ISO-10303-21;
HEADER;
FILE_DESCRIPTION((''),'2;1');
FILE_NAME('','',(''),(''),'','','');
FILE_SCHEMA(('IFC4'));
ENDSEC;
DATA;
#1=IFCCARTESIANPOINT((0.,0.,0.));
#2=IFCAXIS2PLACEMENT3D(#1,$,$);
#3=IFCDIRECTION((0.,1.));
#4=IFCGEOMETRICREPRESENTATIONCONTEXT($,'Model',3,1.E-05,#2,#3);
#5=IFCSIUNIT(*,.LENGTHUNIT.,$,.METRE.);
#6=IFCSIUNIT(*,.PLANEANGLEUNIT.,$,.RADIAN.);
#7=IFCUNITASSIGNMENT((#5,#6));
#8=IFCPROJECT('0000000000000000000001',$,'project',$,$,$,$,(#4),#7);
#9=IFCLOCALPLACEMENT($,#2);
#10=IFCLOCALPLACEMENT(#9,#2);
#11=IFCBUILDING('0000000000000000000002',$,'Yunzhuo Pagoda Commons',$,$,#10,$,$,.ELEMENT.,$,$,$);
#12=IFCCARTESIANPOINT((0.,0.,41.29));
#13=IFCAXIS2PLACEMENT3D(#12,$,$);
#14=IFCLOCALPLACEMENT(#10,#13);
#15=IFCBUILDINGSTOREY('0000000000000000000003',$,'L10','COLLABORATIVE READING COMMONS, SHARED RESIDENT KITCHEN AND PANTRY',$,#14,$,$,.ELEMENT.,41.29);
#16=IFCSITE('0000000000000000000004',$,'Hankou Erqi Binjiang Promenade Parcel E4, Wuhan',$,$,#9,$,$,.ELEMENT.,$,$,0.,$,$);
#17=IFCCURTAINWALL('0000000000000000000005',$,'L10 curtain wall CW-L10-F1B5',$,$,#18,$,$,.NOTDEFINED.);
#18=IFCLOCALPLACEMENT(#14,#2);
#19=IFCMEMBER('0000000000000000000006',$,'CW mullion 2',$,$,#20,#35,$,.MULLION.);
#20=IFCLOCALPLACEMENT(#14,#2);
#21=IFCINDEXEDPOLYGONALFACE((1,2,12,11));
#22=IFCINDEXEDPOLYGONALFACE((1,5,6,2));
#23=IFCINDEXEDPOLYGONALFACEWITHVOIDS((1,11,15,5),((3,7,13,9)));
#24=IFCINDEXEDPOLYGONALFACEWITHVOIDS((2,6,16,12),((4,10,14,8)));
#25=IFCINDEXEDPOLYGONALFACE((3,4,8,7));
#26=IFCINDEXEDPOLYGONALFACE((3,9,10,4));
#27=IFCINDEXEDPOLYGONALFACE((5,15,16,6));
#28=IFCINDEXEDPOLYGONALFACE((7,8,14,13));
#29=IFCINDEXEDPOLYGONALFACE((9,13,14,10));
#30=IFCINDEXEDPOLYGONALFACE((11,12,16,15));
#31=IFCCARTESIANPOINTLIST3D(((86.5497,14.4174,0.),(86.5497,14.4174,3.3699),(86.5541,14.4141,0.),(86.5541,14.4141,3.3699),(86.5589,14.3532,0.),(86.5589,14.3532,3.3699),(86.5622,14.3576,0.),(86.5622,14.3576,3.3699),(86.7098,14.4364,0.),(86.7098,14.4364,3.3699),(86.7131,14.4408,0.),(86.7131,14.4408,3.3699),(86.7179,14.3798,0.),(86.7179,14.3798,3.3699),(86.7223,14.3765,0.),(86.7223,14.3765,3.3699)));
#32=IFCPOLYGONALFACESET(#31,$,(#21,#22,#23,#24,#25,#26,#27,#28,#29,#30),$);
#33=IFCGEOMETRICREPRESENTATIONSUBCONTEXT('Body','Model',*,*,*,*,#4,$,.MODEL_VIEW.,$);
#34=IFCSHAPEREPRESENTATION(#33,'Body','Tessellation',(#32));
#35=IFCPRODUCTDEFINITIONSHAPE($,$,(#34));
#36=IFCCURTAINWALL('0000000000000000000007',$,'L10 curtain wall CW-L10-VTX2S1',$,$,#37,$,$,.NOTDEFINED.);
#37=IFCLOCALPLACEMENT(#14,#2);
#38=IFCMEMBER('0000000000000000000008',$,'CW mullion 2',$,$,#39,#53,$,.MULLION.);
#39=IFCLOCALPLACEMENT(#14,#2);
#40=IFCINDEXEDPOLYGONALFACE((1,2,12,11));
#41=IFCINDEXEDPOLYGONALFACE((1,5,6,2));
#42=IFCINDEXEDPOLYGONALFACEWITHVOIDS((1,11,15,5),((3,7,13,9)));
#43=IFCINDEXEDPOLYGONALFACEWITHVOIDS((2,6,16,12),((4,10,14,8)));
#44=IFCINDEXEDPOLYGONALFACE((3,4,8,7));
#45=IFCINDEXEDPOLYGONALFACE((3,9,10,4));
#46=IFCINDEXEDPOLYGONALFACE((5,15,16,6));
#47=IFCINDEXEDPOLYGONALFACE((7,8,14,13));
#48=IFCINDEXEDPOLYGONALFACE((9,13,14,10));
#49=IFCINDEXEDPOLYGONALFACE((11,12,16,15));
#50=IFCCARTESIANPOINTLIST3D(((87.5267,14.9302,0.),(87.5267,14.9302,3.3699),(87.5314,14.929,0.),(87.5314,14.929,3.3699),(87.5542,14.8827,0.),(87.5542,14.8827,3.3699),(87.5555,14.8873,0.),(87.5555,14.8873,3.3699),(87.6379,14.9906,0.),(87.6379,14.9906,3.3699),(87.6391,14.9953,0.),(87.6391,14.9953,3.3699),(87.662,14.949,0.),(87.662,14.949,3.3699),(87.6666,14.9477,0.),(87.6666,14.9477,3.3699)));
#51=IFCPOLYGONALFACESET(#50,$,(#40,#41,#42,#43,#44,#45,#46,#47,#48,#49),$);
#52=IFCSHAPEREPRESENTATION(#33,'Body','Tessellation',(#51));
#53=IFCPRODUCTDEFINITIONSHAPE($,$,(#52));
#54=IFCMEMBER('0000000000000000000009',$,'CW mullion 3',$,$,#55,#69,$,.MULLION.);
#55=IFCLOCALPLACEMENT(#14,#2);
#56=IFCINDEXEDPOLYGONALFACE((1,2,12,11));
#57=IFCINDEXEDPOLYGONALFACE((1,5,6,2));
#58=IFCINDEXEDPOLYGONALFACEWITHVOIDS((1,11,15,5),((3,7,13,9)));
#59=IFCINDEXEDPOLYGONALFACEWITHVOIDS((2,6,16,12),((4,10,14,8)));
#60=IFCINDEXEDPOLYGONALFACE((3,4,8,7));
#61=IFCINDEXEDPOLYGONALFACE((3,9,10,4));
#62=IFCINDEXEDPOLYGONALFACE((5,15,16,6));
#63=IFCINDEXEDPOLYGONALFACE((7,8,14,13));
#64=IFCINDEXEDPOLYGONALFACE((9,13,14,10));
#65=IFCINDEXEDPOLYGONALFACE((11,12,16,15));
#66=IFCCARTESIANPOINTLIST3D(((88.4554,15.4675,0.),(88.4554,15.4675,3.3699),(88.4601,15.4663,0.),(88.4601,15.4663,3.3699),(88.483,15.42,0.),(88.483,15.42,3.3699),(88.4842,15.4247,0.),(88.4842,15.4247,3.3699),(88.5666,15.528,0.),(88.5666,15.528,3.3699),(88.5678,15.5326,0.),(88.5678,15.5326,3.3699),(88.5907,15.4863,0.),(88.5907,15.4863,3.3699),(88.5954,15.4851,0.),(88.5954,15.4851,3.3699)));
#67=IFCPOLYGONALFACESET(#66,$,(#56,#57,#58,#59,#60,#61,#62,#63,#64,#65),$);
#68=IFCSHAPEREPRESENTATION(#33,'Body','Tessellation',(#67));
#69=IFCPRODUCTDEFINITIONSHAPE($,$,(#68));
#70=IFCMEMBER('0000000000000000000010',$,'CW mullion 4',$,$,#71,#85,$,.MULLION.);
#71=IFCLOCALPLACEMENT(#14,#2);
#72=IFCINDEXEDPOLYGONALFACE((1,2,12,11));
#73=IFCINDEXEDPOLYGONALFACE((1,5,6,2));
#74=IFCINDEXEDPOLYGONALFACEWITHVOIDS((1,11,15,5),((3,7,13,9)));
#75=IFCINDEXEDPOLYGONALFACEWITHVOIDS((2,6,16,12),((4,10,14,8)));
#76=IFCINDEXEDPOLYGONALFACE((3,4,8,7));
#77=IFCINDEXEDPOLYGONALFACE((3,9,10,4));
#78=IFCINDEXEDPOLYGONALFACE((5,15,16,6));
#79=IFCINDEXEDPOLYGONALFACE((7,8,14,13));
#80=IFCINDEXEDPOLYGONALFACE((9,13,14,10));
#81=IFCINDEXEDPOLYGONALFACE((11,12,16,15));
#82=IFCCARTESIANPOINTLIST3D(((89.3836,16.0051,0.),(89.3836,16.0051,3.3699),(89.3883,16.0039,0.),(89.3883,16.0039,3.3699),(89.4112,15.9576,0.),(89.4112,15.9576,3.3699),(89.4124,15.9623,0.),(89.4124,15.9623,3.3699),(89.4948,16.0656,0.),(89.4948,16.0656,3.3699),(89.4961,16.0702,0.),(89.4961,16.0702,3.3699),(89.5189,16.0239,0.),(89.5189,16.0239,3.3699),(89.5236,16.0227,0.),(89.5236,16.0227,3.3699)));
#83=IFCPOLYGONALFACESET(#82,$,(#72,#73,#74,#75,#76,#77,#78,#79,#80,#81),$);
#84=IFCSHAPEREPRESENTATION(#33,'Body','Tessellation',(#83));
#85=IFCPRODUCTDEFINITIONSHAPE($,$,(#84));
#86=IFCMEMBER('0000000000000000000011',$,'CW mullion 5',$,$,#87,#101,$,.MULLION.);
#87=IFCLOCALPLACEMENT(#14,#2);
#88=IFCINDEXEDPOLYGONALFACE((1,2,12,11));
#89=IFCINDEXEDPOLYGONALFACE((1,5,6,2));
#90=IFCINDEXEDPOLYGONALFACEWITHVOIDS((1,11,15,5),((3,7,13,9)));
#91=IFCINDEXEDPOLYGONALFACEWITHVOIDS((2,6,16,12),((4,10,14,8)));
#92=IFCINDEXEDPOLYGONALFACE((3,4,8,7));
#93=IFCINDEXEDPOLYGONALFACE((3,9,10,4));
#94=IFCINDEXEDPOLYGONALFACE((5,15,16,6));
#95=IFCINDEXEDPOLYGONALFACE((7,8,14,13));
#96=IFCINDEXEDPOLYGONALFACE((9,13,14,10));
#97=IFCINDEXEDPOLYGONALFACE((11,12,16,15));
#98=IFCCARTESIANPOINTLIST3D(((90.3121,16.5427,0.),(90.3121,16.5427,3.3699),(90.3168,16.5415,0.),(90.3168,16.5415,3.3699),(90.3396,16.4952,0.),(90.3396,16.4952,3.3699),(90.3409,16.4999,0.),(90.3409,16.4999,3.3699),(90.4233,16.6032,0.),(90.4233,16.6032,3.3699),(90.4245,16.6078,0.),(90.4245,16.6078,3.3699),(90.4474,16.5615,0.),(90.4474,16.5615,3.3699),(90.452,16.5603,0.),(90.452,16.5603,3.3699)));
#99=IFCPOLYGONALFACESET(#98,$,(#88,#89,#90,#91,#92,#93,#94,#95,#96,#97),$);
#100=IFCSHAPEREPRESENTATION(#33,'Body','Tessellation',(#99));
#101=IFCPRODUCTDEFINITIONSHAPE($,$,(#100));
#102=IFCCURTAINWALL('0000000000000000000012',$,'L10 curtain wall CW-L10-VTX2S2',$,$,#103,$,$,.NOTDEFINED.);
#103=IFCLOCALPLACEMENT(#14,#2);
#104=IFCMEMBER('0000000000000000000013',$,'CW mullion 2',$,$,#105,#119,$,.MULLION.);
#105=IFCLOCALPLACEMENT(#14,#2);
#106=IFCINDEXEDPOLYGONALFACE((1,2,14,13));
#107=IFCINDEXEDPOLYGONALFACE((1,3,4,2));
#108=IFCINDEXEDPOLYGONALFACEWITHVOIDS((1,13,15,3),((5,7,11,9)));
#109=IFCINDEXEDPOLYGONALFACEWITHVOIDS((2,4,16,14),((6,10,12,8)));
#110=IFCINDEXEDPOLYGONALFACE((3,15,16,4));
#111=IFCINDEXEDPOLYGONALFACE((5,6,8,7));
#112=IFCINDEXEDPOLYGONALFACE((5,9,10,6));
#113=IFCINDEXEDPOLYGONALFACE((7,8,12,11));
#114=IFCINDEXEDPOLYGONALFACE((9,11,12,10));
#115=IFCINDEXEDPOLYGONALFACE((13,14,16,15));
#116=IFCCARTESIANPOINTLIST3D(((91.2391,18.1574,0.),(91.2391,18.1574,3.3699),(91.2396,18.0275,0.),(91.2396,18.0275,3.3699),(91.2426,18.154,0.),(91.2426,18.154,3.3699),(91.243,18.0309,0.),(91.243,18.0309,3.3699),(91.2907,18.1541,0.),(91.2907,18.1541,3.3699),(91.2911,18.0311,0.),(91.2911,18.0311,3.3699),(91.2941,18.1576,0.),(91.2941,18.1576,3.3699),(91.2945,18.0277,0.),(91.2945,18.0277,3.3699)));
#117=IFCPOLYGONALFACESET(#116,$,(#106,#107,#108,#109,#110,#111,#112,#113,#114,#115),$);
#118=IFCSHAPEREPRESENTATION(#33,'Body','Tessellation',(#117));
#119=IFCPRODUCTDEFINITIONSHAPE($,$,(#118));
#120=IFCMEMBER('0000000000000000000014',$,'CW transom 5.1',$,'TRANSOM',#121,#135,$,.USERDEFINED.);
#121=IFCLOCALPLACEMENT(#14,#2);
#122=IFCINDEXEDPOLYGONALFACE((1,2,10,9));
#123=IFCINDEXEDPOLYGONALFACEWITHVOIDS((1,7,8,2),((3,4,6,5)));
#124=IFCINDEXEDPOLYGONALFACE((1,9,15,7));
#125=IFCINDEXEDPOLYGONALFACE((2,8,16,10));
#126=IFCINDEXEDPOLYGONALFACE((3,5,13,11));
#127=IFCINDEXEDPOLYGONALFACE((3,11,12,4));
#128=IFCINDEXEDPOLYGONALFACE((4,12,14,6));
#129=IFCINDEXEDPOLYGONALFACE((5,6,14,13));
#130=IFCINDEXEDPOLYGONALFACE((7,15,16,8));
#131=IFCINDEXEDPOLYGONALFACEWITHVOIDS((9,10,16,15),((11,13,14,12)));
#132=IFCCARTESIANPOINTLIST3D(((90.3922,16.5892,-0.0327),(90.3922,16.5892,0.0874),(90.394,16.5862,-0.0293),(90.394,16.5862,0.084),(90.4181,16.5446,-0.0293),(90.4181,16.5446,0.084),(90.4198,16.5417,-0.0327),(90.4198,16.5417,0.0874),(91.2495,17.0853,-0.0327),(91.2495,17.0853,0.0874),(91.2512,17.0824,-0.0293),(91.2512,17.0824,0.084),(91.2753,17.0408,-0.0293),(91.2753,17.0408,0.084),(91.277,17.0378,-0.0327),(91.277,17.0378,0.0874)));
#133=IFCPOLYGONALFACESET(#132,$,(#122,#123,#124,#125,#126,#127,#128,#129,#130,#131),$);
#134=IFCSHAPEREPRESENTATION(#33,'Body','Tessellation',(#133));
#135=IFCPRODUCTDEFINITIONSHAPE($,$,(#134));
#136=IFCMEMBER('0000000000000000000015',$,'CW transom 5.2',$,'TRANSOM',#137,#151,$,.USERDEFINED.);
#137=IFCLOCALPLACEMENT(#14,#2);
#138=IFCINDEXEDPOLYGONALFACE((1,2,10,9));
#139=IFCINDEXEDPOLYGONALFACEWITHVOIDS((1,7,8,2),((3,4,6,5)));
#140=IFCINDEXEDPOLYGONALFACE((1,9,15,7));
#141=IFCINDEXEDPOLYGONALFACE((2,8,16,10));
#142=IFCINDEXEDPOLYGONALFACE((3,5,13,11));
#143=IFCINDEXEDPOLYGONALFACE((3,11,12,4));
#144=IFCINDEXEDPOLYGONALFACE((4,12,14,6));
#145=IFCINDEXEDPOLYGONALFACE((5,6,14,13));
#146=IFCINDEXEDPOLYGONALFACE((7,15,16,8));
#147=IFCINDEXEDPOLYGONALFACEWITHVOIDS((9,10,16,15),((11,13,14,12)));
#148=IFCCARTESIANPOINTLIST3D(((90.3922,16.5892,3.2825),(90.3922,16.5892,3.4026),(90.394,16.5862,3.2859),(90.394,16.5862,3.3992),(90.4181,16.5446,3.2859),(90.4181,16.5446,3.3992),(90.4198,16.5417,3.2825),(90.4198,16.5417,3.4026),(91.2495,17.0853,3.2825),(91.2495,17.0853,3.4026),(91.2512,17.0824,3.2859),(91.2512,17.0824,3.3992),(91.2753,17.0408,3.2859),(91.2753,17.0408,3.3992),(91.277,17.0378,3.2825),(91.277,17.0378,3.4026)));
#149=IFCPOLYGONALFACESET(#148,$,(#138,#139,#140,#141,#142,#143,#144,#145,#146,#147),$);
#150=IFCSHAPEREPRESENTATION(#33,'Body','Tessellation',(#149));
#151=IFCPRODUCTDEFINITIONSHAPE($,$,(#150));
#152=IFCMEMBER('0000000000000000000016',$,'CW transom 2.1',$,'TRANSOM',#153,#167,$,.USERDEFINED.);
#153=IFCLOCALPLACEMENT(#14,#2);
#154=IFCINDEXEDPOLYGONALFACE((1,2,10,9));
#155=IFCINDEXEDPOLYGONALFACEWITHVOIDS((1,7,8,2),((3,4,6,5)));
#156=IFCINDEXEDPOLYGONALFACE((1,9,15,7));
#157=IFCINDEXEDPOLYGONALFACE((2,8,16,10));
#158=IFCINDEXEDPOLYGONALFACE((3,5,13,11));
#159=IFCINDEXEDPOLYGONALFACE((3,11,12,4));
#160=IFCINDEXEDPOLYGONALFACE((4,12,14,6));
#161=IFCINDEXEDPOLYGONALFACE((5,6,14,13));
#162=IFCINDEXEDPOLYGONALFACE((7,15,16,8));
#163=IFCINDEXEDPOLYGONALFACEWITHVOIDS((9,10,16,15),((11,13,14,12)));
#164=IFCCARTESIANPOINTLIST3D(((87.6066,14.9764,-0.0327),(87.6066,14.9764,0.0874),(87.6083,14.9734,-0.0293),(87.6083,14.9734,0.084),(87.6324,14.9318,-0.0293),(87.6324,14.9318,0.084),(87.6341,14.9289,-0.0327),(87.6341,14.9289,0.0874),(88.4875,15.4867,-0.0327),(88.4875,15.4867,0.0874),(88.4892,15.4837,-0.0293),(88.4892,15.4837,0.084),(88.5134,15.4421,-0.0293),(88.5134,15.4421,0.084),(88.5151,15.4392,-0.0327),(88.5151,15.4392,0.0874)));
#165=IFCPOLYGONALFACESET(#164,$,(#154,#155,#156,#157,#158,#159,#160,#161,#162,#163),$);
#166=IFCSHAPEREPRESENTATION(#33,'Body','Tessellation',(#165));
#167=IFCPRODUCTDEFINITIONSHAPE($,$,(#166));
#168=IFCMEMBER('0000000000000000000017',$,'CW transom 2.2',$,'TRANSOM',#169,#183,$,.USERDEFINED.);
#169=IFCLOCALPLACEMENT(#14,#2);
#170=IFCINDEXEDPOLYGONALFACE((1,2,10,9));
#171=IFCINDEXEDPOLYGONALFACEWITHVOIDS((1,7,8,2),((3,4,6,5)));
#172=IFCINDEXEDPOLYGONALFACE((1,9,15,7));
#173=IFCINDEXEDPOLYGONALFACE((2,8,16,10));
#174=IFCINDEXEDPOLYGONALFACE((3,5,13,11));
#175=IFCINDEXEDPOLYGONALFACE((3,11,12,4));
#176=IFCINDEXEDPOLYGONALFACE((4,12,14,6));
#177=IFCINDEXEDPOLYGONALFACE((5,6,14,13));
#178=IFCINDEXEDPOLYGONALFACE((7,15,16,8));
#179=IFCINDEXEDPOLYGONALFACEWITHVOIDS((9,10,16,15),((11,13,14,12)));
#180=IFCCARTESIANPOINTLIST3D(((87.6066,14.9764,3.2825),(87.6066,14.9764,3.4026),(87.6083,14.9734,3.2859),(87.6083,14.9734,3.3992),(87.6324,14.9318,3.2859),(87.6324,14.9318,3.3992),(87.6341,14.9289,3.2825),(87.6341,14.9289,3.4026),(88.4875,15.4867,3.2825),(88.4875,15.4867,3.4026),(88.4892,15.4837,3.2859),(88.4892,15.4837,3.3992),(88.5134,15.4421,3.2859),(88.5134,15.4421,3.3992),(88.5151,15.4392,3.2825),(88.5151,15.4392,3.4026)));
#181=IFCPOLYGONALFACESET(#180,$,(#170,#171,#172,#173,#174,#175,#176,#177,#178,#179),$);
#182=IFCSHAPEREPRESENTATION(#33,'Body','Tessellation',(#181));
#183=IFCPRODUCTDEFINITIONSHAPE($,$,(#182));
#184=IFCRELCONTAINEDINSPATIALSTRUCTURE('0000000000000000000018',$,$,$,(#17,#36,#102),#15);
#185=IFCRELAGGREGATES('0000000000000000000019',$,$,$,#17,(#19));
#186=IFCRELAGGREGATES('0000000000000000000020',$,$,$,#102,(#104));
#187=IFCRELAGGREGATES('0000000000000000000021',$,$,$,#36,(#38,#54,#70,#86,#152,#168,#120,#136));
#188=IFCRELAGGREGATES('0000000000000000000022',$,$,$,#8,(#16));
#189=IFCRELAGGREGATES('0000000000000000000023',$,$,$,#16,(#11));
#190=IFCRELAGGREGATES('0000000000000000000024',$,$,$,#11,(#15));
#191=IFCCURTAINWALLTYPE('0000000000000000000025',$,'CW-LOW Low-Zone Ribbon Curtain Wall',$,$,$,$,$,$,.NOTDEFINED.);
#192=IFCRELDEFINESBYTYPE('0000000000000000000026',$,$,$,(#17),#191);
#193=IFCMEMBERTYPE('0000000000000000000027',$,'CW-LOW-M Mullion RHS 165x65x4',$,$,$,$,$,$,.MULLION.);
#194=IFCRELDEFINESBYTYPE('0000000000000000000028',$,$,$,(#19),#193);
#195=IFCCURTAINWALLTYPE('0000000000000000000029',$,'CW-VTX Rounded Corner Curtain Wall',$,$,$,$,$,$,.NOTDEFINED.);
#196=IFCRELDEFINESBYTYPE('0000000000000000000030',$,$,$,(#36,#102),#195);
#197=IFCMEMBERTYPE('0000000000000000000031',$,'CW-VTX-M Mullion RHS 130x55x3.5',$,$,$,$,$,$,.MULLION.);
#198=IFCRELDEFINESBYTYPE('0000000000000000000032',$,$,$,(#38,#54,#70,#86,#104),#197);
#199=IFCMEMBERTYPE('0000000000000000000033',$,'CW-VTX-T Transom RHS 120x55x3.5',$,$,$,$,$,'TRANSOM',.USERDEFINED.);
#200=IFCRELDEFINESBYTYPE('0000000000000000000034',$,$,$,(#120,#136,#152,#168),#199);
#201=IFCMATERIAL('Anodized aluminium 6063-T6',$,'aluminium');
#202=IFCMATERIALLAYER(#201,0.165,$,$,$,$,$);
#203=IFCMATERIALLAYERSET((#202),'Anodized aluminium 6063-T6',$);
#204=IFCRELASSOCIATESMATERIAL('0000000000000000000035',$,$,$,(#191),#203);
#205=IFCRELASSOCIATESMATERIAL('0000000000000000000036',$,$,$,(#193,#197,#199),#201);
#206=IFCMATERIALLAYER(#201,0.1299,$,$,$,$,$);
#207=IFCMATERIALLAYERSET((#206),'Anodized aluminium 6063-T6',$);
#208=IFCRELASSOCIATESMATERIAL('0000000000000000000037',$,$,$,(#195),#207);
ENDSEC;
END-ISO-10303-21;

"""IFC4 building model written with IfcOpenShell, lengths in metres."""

from ifc_helpers import new_model, si_unit, direction, frame, origin, origin_2d, place, context, subcontext, project, spatial, hollow_rectangle, extrude, source, transform, mapped, material, layer, layer_set, material_profile, profile_set, type_object, element, aggregate, save


model = new_model("IFC4")

# Units and contexts
model_context = context("Model", 3, precision=1e-05, world=origin(), true_north=direction((0.0, 1.0)))
body_context = subcontext(model_context, "Body", "Model", "MODEL_VIEW")
ifc_project = project(units=[si_unit("LENGTHUNIT", "METRE"), si_unit("PLANEANGLEUNIT", "RADIAN")], contexts=[model_context])

# Site, building, storey
site_placement = place(None, origin())
site = spatial("IfcSite", under=ifc_project, at=site_placement, Name="Hankou Erqi Binjiang Promenade Parcel E4, Wuhan", CompositionType="ELEMENT", RefElevation=0.0)
building_placement = place(site_placement, origin())
building = spatial("IfcBuilding", under=site, at=building_placement, Name="Yunzhuo Pagoda Commons", CompositionType="ELEMENT")
storey_placement = place(building_placement, frame((0.0, 0.0, 41.29)))
storey = spatial("IfcBuildingStorey", under=building, at=storey_placement, Name="L10", Description="COLLABORATIVE READING COMMONS, SHARED RESIDENT KITCHEN AND PANTRY", CompositionType="ELEMENT", Elevation=41.29)

# Curtain wall, member
ifc_material_1 = material(Name="Anodized aluminium 6063-T6", Category="aluminium")
ifc_layer_1 = layer(ifc_material_1, 0.165)
ifc_layer_set_1 = layer_set([ifc_layer_1], Name="Anodized aluminium 6063-T6")
curtain_wall_type_1 = type_object("IfcCurtainWallType", Name="CW-LOW Low-Zone Ribbon Curtain Wall", PredefinedType="NOTDEFINED", material=ifc_layer_set_1)
curtain_wall_1_placement = place(storey_placement, origin())
curtain_wall_1 = element("IfcCurtainWall", 1, at=curtain_wall_1_placement, inside=storey, type_object=curtain_wall_type_1, Name="L10 curtain wall CW-L10-F1B5", PredefinedType="NOTDEFINED")
ifc_material_profile_1 = material_profile(ifc_material_1, hollow_rectangle(XDim=0.0649, YDim=0.165, WallThickness=0.0039, at=origin_2d()), Name="Anodized aluminium 6063-T6")
ifc_profile_set_1 = profile_set([ifc_material_profile_1], Name="Anodized aluminium 6063-T6")
member_type_1 = type_object("IfcMemberType", Name="CW-LOW-M Mullion RHS 165x65x4", PredefinedType="MULLION", material=ifc_profile_set_1)
shared_shape_1 = source(origin(), body_context, "Body", "SweptSolid", [
    extrude(hollow_rectangle(XDim=0.0649, YDim=0.165, WallThickness=0.0039, at=origin_2d()), origin(), (0.0, 0.0, 1.0), 3.3699),
])
member_1_placement = place(storey_placement, frame((86.636, 14.397, 0.0), z_axis=(0.0, 0.0, 1.0), x_axis=(-0.141493, 0.989939, 0.0)))
member_1 = element("IfcMember", 2, at=member_1_placement, type_object=member_type_1, Name="CW mullion 2", PredefinedType="MULLION", context=body_context, shape_type="MappedRepresentation", body=[
    mapped(shared_shape_1, transform((0.0, 0.0, 0.0), scale=1.0)),
])

# Curtain wall, members
ifc_layer_2 = layer(ifc_material_1, 0.1299)
ifc_layer_set_2 = layer_set([ifc_layer_2], Name="Anodized aluminium 6063-T6")
curtain_wall_type_2 = type_object("IfcCurtainWallType", Name="CW-VTX Rounded Corner Curtain Wall", PredefinedType="NOTDEFINED", material=ifc_layer_set_2)
curtain_wall_2_placement = place(storey_placement, origin())
curtain_wall_2 = element("IfcCurtainWall", 3, at=curtain_wall_2_placement, inside=storey, type_object=curtain_wall_type_2, Name="L10 curtain wall CW-L10-VTX2S1", PredefinedType="NOTDEFINED")
ifc_material_profile_2 = material_profile(ifc_material_1, hollow_rectangle(XDim=0.0549, YDim=0.1299, WallThickness=0.0034, at=origin_2d()), Name="Anodized aluminium 6063-T6")
ifc_profile_set_2 = profile_set([ifc_material_profile_2], Name="Anodized aluminium 6063-T6")
member_type_2 = type_object("IfcMemberType", Name="CW-VTX-M Mullion RHS 130x55x3.5", PredefinedType="MULLION", material=ifc_profile_set_2)
shared_shape_2 = source(origin(), body_context, "Body", "SweptSolid", [
    extrude(hollow_rectangle(XDim=0.0549, YDim=0.1299, WallThickness=0.0034, at=origin_2d()), origin(), (0.0, 0.0, 1.0), 3.3699),
])
member_2_placement = place(storey_placement, frame((87.5967, 14.939, 0.0), z_axis=(0.0, 0.0, 1.0), x_axis=(-0.501041, 0.865423, 0.0)))
member_2 = element("IfcMember", 4, at=member_2_placement, type_object=member_type_2, Name="CW mullion 2", PredefinedType="MULLION", context=body_context, shape_type="MappedRepresentation", body=[
    mapped(shared_shape_2, transform((0.0, 0.0, 0.0), scale=1.0)),
])
member_3_placement = place(storey_placement, frame((88.5254, 15.4763, 0.0), z_axis=(0.0, 0.0, 1.0), x_axis=(-0.501041, 0.865423, 0.0)))
member_3 = element("IfcMember", 5, at=member_3_placement, type_object=member_type_2, Name="CW mullion 3", PredefinedType="MULLION", context=body_context, shape_type="MappedRepresentation", body=[
    mapped(shared_shape_2, transform((0.0, 0.0, 0.0), scale=1.0)),
])
member_4_placement = place(storey_placement, frame((89.4536, 16.0139, 0.0), z_axis=(0.0, 0.0, 1.0), x_axis=(-0.501041, 0.865423, 0.0)))
member_4 = element("IfcMember", 6, at=member_4_placement, type_object=member_type_2, Name="CW mullion 4", PredefinedType="MULLION", context=body_context, shape_type="MappedRepresentation", body=[
    mapped(shared_shape_2, transform((0.0, 0.0, 0.0), scale=1.0)),
])
member_5_placement = place(storey_placement, frame((90.3821, 16.5515, 0.0), z_axis=(0.0, 0.0, 1.0), x_axis=(-0.501041, 0.865423, 0.0)))
member_5 = element("IfcMember", 7, at=member_5_placement, type_object=member_type_2, Name="CW mullion 5", PredefinedType="MULLION", context=body_context, shape_type="MappedRepresentation", body=[
    mapped(shared_shape_2, transform((0.0, 0.0, 0.0), scale=1.0)),
])

# Curtain wall, member
curtain_wall_3_placement = place(storey_placement, origin())
curtain_wall_3 = element("IfcCurtainWall", 8, at=curtain_wall_3_placement, inside=storey, type_object=curtain_wall_type_2, Name="L10 curtain wall CW-L10-VTX2S2", PredefinedType="NOTDEFINED")
member_6_placement = place(storey_placement, frame((91.2668, 18.0925, 0.0), z_axis=(0.0, 0.0, 1.0), x_axis=(-0.999994, -0.003579, 0.0)))
member_6 = element("IfcMember", 9, at=member_6_placement, type_object=member_type_2, Name="CW mullion 2", PredefinedType="MULLION", context=body_context, shape_type="MappedRepresentation", body=[
    mapped(shared_shape_2, transform((0.0, 0.0, 0.0), scale=1.0)),
])

# Members
ifc_material_profile_3 = material_profile(ifc_material_1, hollow_rectangle(XDim=0.0549, YDim=0.1201, WallThickness=0.0034, at=origin_2d()), Name="Anodized aluminium 6063-T6")
ifc_profile_set_3 = profile_set([ifc_material_profile_3], Name="Anodized aluminium 6063-T6")
member_type_3 = type_object("IfcMemberType", Name="CW-VTX-T Transom RHS 120x55x3.5", ElementType="TRANSOM", PredefinedType="USERDEFINED", material=ifc_profile_set_3)
shared_shape_3 = source(origin(), body_context, "Body", "SweptSolid", [
    extrude(hollow_rectangle(XDim=0.0549, YDim=0.1201, WallThickness=0.0034, at=origin_2d()), origin(), (0.0, 0.0, 1.0), 0.9905),
])
member_7_placement = place(storey_placement, frame((90.406, 16.5654, 0.0273), z_axis=(0.865499, 0.50091, 0.0), x_axis=(-0.50091, 0.865499, 0.0)))
member_7 = element("IfcMember", 10, at=member_7_placement, type_object=member_type_3, Name="CW transom 5.1", ObjectType="TRANSOM", PredefinedType="USERDEFINED", context=body_context, shape_type="MappedRepresentation", body=[
    mapped(shared_shape_3, transform((0.0, 0.0, 0.0), scale=1.0)),
])
member_8_placement = place(storey_placement, frame((90.406, 16.5654, 3.3425), z_axis=(0.865499, 0.50091, 0.0), x_axis=(-0.50091, 0.865499, 0.0)))
member_8 = element("IfcMember", 11, at=member_8_placement, type_object=member_type_3, Name="CW transom 5.2", ObjectType="TRANSOM", PredefinedType="USERDEFINED", context=body_context, shape_type="MappedRepresentation", body=[
    mapped(shared_shape_3, transform((0.0, 0.0, 0.0), scale=1.0)),
])
shared_shape_4 = source(origin(), body_context, "Body", "SweptSolid", [
    extrude(hollow_rectangle(XDim=0.0549, YDim=0.1201, WallThickness=0.0034, at=origin_2d()), origin(), (0.0, 0.0, 1.0), 1.0181),
])
member_9_placement = place(storey_placement, frame((87.6204, 14.9526, 0.0273), z_axis=(0.865306, 0.501244, 0.0), x_axis=(-0.501244, 0.865306, 0.0)))
member_9 = element("IfcMember", 12, at=member_9_placement, type_object=member_type_3, Name="CW transom 2.1", ObjectType="TRANSOM", PredefinedType="USERDEFINED", context=body_context, shape_type="MappedRepresentation", body=[
    mapped(shared_shape_4, transform((0.0, 0.0, 0.0), scale=1.0)),
])
member_10_placement = place(storey_placement, frame((87.6204, 14.9526, 3.3425), z_axis=(0.865306, 0.501244, 0.0), x_axis=(-0.501244, 0.865306, 0.0)))
member_10 = element("IfcMember", 13, at=member_10_placement, type_object=member_type_3, Name="CW transom 2.2", ObjectType="TRANSOM", PredefinedType="USERDEFINED", context=body_context, shape_type="MappedRepresentation", body=[
    mapped(shared_shape_4, transform((0.0, 0.0, 0.0), scale=1.0)),
])

aggregate(curtain_wall_1, [member_1])
aggregate(curtain_wall_3, [member_6])
aggregate(curtain_wall_2, [member_2, member_3, member_4, member_5, member_9, member_10, member_7, member_8])

save(model, "model.ifc")
